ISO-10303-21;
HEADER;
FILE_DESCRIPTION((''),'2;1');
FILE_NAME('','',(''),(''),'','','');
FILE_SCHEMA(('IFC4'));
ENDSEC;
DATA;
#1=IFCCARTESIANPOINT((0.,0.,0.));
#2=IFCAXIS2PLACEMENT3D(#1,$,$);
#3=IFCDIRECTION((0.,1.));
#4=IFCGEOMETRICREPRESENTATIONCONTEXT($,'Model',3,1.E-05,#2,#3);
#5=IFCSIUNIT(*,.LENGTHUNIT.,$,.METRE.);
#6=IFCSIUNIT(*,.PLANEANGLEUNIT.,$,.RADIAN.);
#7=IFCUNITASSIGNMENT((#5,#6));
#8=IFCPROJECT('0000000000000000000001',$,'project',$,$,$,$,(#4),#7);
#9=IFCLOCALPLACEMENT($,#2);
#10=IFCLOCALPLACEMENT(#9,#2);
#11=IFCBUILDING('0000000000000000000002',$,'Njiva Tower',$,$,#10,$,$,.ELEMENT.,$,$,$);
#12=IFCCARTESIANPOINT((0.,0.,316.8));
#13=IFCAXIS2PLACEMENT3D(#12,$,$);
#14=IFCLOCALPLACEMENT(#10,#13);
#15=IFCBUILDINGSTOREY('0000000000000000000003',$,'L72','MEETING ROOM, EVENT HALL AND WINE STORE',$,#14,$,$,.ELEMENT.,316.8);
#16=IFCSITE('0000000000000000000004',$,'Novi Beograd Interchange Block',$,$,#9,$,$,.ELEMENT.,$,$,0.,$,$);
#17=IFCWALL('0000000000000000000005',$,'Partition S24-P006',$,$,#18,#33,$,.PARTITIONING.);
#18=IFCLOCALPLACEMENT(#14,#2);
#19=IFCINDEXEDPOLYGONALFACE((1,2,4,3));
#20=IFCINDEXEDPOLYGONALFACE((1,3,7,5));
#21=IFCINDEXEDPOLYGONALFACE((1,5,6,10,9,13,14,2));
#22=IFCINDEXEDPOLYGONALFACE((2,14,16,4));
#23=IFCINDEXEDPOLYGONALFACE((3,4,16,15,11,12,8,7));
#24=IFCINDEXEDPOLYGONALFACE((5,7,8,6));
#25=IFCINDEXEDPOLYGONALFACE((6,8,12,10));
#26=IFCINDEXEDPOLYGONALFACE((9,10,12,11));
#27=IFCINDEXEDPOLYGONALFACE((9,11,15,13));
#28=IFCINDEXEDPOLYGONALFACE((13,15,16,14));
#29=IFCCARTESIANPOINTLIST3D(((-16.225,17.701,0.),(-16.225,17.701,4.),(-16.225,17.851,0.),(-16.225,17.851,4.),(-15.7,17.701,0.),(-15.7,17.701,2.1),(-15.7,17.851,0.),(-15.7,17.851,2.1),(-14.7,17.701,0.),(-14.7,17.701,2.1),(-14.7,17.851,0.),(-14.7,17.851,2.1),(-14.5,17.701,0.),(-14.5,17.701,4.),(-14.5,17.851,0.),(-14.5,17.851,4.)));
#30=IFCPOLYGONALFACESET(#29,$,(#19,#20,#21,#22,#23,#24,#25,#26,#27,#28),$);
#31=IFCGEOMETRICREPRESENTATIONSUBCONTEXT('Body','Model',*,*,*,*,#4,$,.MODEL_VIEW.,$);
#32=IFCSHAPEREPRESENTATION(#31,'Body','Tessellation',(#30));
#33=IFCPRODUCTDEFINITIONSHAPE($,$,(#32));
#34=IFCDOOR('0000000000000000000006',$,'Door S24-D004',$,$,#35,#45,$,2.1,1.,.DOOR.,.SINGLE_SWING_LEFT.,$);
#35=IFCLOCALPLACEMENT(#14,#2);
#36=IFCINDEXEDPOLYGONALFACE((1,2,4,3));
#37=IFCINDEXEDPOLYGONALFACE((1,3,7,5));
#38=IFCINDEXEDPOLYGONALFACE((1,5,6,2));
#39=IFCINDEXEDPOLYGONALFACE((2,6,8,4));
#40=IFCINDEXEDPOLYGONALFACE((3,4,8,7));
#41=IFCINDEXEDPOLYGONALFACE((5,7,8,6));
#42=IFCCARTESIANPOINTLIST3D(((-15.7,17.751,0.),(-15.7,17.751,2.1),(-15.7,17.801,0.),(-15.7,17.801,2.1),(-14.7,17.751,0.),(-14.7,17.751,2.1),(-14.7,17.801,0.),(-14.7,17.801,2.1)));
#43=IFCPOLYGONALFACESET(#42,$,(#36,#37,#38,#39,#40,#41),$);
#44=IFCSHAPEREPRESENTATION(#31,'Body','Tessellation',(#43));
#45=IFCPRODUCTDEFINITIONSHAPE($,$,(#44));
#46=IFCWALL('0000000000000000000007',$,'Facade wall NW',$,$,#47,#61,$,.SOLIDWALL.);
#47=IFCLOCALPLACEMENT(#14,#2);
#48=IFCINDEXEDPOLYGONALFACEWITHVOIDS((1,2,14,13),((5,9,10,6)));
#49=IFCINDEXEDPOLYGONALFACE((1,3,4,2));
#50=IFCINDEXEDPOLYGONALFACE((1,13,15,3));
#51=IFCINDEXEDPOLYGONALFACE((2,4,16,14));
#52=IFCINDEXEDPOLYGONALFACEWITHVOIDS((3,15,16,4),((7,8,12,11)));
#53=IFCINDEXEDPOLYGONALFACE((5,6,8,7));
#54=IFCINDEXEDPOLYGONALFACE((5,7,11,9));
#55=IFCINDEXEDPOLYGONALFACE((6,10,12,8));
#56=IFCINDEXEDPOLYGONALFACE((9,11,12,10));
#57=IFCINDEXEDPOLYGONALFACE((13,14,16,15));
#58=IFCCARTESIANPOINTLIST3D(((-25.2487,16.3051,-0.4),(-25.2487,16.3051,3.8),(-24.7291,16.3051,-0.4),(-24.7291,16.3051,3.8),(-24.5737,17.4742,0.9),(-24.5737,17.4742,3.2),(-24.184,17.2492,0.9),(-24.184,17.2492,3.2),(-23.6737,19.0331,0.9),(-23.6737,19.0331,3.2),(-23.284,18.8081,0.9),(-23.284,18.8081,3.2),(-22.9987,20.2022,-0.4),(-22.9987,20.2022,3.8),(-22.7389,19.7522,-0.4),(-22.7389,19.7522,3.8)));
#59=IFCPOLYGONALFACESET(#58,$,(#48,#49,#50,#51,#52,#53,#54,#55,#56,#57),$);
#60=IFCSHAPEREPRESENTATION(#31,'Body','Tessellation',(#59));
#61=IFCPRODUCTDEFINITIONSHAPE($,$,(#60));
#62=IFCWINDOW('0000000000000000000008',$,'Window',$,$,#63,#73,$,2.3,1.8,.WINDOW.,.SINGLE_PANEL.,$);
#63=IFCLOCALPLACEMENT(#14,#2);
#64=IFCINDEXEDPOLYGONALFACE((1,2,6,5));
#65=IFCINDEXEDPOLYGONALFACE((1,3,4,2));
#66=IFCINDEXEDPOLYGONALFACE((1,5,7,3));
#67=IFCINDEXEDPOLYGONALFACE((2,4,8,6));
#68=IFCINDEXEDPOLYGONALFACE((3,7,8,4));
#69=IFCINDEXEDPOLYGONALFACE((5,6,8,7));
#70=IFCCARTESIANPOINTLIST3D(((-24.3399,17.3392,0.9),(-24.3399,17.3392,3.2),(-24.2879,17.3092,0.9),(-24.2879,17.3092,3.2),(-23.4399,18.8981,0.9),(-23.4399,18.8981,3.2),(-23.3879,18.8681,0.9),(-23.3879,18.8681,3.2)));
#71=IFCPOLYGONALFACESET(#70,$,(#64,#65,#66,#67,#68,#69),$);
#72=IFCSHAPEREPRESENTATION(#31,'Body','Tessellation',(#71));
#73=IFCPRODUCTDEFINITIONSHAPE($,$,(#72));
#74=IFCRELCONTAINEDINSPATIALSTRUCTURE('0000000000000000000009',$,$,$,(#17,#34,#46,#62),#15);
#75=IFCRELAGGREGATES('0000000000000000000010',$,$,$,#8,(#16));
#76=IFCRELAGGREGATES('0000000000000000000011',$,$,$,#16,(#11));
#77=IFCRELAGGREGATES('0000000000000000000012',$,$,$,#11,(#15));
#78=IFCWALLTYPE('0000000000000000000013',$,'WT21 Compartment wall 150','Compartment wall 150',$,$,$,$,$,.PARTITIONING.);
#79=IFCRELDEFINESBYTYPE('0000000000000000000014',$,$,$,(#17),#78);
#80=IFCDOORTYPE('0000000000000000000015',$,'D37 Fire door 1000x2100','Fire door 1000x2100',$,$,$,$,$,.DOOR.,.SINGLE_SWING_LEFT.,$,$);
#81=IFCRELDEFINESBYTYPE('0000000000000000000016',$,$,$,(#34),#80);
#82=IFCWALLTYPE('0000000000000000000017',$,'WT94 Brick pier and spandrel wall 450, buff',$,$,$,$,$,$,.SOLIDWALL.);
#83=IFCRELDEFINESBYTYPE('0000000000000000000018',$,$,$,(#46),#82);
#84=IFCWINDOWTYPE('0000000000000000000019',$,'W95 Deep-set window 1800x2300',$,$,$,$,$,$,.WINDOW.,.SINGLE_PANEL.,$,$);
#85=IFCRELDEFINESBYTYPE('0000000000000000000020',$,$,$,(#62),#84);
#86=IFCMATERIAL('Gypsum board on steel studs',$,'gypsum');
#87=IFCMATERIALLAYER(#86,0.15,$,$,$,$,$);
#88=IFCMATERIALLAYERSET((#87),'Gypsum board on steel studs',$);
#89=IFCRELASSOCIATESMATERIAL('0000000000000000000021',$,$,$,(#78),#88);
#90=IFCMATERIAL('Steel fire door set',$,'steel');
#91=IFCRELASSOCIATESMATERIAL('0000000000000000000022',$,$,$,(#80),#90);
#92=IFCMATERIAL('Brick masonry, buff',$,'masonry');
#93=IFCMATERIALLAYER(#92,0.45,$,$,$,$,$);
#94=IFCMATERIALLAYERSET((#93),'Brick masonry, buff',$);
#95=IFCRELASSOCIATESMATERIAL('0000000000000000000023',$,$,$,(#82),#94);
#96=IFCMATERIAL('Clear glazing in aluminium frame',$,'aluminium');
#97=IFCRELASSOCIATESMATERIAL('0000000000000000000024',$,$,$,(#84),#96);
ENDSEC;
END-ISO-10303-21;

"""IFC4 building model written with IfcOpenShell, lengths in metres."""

from ifc_helpers import new_model, si_unit, direction, frame, frame_2d, origin, place, context, subcontext, project, spatial, polyline, rectangle, outline, extrude, material, layer, layer_set, type_object, element, fill, save


model = new_model("IFC4")

# Units and contexts
model_context = context("Model", 3, precision=1e-05, world=origin(), true_north=direction((0.0, 1.0)))
body_context = subcontext(model_context, "Body", "Model", "MODEL_VIEW")
ifc_project = project(units=[si_unit("LENGTHUNIT", "METRE"), si_unit("PLANEANGLEUNIT", "RADIAN")], contexts=[model_context])

# Site, building, storey
site_placement = place(None, origin())
site = spatial("IfcSite", under=ifc_project, at=site_placement, Name="Novi Beograd Interchange Block", CompositionType="ELEMENT", RefElevation=0.0)
building_placement = place(site_placement, origin())
building = spatial("IfcBuilding", under=site, at=building_placement, Name="Njiva Tower", CompositionType="ELEMENT")
storey_placement = place(building_placement, frame((0.0, 0.0, 316.8)))
storey = spatial("IfcBuildingStorey", under=building, at=storey_placement, Name="L72", Description="MEETING ROOM, EVENT HALL AND WINE STORE", CompositionType="ELEMENT", Elevation=316.8)

# Shared definitions
ifc_material_1 = material(Name="Gypsum board on steel studs", Category="gypsum")

# Wall, opening, door
ifc_layer_1 = layer(ifc_material_1, 0.15)
ifc_layer_set_1 = layer_set([ifc_layer_1], Name="Gypsum board on steel studs")
wall_type_1 = type_object("IfcWallType", Name="WT21 Compartment wall 150", Description="Compartment wall 150", PredefinedType="PARTITIONING", material=ifc_layer_set_1)
wall_1_placement = place(storey_placement, frame((-16.225, 17.776, 0.0), z_axis=(0.0, 0.0, 1.0), x_axis=(1.0, 0.0, 0.0)))
wall_1 = element("IfcWall", 1, at=wall_1_placement, inside=storey, type_object=wall_type_1, Name="Partition S24-P006", PredefinedType="PARTITIONING", context=body_context, shape_type="SweptSolid", body=[
    extrude(rectangle(XDim=1.725, YDim=0.15, at=frame_2d((0.8625, 0.0))), origin(), (0.0, 0.0, 1.0), 4.0),
])
opening_1_placement = place(wall_1_placement, frame((0.525, 0.0, 0.0)))
opening_1 = element("IfcOpeningElement", 2, at=opening_1_placement, cuts=wall_1, PredefinedType="OPENING", context=body_context, shape_type="SweptSolid", body=[
    extrude(rectangle(XDim=1.0, YDim=2.1, at=frame_2d((0.5, 1.05))), frame((0.0, 0.085, 0.0), z_axis=(0.0, -1.0, 0.0), x_axis=(1.0, 0.0, 0.0)), (0.0, 0.0, 1.0), 0.17),
])
ifc_material_2 = material(Name="Steel fire door set", Category="steel")
door_type = type_object("IfcDoorType", Name="D37 Fire door 1000x2100", Description="Fire door 1000x2100", OperationType="SINGLE_SWING_LEFT", PredefinedType="DOOR", material=ifc_material_2)
door_placement = place(opening_1_placement, origin())
door = element("IfcDoor", 3, at=door_placement, inside=storey, type_object=door_type, Name="Door S24-D004", OperationType="SINGLE_SWING_LEFT", OverallHeight=2.1, OverallWidth=1.0, PredefinedType="DOOR", context=body_context, shape_type="SweptSolid", body=[
    extrude(rectangle(XDim=1.0, YDim=2.1, at=frame_2d((0.5, 1.05))), frame((0.0, 0.025, 0.0), z_axis=(0.0, -1.0, 0.0), x_axis=(1.0, 0.0, 0.0)), (0.0, 0.0, 1.0), 0.05),
])
fill(opening_1, door)

# Shared definitions
ifc_material_3 = material(Name="Clear glazing in aluminium frame", Category="aluminium")

# Wall, opening, window
ifc_material_4 = material(Name="Brick masonry, buff", Category="masonry")
ifc_layer_2 = layer(ifc_material_4, 0.45)
ifc_layer_set_2 = layer_set([ifc_layer_2], Name="Brick masonry, buff")
wall_type_2 = type_object("IfcWallType", Name="WT94 Brick pier and spandrel wall 450, buff", PredefinedType="SOLIDWALL", material=ifc_layer_set_2)
wall_2_placement = place(storey_placement, frame((-22.8688, 19.9772, -0.4), z_axis=(0.0, 0.0, 1.0), x_axis=(-0.500002, -0.866024, 0.0)))
wall_2 = element("IfcWall", 4, at=wall_2_placement, inside=storey, type_object=wall_type_2, Name="Facade wall NW", PredefinedType="SOLIDWALL", context=body_context, shape_type="SweptSolid", body=[
    extrude(outline(polyline([(-0.1299, -0.225), (4.3701, -0.225), (4.1103, 0.225), (0.1299, 0.225), (-0.1299, -0.225)])), origin(), (0.0, 0.0, 1.0), 4.2),
])
opening_2_placement = place(wall_2_placement, frame((1.2201, 0.0, 1.3)))
opening_2 = element("IfcOpeningElement", 5, at=opening_2_placement, cuts=wall_2, PredefinedType="OPENING", context=body_context, shape_type="SweptSolid", body=[
    extrude(rectangle(XDim=1.8, YDim=2.3, at=frame_2d((0.9, 1.15))), frame((0.0, 0.235, 0.0), z_axis=(0.0, -1.0, 0.0), x_axis=(1.0, 0.0, 0.0)), (0.0, 0.0, 1.0), 0.47),
])
window_type_1 = type_object("IfcWindowType", Name="W95 Deep-set window 1800x2300", PartitioningType="SINGLE_PANEL", PredefinedType="WINDOW", material=ifc_material_3)
window_1_placement = place(opening_2_placement, origin())
window_1 = element("IfcWindow", 6, at=window_1_placement, inside=storey, type_object=window_type_1, Name="Window", OverallHeight=2.3, OverallWidth=1.8, PartitioningType="SINGLE_PANEL", PredefinedType="WINDOW", context=body_context, shape_type="SweptSolid", body=[
    extrude(rectangle(XDim=1.8, YDim=2.3, at=frame_2d((0.9, 1.15))), frame((0.0, 0.105, 0.0), z_axis=(0.0, -1.0, 0.0), x_axis=(1.0, 0.0, 0.0)), (0.0, 0.0, 1.0), 0.06),
])
fill(opening_2, window_1)

save(model, "model.ifc")
